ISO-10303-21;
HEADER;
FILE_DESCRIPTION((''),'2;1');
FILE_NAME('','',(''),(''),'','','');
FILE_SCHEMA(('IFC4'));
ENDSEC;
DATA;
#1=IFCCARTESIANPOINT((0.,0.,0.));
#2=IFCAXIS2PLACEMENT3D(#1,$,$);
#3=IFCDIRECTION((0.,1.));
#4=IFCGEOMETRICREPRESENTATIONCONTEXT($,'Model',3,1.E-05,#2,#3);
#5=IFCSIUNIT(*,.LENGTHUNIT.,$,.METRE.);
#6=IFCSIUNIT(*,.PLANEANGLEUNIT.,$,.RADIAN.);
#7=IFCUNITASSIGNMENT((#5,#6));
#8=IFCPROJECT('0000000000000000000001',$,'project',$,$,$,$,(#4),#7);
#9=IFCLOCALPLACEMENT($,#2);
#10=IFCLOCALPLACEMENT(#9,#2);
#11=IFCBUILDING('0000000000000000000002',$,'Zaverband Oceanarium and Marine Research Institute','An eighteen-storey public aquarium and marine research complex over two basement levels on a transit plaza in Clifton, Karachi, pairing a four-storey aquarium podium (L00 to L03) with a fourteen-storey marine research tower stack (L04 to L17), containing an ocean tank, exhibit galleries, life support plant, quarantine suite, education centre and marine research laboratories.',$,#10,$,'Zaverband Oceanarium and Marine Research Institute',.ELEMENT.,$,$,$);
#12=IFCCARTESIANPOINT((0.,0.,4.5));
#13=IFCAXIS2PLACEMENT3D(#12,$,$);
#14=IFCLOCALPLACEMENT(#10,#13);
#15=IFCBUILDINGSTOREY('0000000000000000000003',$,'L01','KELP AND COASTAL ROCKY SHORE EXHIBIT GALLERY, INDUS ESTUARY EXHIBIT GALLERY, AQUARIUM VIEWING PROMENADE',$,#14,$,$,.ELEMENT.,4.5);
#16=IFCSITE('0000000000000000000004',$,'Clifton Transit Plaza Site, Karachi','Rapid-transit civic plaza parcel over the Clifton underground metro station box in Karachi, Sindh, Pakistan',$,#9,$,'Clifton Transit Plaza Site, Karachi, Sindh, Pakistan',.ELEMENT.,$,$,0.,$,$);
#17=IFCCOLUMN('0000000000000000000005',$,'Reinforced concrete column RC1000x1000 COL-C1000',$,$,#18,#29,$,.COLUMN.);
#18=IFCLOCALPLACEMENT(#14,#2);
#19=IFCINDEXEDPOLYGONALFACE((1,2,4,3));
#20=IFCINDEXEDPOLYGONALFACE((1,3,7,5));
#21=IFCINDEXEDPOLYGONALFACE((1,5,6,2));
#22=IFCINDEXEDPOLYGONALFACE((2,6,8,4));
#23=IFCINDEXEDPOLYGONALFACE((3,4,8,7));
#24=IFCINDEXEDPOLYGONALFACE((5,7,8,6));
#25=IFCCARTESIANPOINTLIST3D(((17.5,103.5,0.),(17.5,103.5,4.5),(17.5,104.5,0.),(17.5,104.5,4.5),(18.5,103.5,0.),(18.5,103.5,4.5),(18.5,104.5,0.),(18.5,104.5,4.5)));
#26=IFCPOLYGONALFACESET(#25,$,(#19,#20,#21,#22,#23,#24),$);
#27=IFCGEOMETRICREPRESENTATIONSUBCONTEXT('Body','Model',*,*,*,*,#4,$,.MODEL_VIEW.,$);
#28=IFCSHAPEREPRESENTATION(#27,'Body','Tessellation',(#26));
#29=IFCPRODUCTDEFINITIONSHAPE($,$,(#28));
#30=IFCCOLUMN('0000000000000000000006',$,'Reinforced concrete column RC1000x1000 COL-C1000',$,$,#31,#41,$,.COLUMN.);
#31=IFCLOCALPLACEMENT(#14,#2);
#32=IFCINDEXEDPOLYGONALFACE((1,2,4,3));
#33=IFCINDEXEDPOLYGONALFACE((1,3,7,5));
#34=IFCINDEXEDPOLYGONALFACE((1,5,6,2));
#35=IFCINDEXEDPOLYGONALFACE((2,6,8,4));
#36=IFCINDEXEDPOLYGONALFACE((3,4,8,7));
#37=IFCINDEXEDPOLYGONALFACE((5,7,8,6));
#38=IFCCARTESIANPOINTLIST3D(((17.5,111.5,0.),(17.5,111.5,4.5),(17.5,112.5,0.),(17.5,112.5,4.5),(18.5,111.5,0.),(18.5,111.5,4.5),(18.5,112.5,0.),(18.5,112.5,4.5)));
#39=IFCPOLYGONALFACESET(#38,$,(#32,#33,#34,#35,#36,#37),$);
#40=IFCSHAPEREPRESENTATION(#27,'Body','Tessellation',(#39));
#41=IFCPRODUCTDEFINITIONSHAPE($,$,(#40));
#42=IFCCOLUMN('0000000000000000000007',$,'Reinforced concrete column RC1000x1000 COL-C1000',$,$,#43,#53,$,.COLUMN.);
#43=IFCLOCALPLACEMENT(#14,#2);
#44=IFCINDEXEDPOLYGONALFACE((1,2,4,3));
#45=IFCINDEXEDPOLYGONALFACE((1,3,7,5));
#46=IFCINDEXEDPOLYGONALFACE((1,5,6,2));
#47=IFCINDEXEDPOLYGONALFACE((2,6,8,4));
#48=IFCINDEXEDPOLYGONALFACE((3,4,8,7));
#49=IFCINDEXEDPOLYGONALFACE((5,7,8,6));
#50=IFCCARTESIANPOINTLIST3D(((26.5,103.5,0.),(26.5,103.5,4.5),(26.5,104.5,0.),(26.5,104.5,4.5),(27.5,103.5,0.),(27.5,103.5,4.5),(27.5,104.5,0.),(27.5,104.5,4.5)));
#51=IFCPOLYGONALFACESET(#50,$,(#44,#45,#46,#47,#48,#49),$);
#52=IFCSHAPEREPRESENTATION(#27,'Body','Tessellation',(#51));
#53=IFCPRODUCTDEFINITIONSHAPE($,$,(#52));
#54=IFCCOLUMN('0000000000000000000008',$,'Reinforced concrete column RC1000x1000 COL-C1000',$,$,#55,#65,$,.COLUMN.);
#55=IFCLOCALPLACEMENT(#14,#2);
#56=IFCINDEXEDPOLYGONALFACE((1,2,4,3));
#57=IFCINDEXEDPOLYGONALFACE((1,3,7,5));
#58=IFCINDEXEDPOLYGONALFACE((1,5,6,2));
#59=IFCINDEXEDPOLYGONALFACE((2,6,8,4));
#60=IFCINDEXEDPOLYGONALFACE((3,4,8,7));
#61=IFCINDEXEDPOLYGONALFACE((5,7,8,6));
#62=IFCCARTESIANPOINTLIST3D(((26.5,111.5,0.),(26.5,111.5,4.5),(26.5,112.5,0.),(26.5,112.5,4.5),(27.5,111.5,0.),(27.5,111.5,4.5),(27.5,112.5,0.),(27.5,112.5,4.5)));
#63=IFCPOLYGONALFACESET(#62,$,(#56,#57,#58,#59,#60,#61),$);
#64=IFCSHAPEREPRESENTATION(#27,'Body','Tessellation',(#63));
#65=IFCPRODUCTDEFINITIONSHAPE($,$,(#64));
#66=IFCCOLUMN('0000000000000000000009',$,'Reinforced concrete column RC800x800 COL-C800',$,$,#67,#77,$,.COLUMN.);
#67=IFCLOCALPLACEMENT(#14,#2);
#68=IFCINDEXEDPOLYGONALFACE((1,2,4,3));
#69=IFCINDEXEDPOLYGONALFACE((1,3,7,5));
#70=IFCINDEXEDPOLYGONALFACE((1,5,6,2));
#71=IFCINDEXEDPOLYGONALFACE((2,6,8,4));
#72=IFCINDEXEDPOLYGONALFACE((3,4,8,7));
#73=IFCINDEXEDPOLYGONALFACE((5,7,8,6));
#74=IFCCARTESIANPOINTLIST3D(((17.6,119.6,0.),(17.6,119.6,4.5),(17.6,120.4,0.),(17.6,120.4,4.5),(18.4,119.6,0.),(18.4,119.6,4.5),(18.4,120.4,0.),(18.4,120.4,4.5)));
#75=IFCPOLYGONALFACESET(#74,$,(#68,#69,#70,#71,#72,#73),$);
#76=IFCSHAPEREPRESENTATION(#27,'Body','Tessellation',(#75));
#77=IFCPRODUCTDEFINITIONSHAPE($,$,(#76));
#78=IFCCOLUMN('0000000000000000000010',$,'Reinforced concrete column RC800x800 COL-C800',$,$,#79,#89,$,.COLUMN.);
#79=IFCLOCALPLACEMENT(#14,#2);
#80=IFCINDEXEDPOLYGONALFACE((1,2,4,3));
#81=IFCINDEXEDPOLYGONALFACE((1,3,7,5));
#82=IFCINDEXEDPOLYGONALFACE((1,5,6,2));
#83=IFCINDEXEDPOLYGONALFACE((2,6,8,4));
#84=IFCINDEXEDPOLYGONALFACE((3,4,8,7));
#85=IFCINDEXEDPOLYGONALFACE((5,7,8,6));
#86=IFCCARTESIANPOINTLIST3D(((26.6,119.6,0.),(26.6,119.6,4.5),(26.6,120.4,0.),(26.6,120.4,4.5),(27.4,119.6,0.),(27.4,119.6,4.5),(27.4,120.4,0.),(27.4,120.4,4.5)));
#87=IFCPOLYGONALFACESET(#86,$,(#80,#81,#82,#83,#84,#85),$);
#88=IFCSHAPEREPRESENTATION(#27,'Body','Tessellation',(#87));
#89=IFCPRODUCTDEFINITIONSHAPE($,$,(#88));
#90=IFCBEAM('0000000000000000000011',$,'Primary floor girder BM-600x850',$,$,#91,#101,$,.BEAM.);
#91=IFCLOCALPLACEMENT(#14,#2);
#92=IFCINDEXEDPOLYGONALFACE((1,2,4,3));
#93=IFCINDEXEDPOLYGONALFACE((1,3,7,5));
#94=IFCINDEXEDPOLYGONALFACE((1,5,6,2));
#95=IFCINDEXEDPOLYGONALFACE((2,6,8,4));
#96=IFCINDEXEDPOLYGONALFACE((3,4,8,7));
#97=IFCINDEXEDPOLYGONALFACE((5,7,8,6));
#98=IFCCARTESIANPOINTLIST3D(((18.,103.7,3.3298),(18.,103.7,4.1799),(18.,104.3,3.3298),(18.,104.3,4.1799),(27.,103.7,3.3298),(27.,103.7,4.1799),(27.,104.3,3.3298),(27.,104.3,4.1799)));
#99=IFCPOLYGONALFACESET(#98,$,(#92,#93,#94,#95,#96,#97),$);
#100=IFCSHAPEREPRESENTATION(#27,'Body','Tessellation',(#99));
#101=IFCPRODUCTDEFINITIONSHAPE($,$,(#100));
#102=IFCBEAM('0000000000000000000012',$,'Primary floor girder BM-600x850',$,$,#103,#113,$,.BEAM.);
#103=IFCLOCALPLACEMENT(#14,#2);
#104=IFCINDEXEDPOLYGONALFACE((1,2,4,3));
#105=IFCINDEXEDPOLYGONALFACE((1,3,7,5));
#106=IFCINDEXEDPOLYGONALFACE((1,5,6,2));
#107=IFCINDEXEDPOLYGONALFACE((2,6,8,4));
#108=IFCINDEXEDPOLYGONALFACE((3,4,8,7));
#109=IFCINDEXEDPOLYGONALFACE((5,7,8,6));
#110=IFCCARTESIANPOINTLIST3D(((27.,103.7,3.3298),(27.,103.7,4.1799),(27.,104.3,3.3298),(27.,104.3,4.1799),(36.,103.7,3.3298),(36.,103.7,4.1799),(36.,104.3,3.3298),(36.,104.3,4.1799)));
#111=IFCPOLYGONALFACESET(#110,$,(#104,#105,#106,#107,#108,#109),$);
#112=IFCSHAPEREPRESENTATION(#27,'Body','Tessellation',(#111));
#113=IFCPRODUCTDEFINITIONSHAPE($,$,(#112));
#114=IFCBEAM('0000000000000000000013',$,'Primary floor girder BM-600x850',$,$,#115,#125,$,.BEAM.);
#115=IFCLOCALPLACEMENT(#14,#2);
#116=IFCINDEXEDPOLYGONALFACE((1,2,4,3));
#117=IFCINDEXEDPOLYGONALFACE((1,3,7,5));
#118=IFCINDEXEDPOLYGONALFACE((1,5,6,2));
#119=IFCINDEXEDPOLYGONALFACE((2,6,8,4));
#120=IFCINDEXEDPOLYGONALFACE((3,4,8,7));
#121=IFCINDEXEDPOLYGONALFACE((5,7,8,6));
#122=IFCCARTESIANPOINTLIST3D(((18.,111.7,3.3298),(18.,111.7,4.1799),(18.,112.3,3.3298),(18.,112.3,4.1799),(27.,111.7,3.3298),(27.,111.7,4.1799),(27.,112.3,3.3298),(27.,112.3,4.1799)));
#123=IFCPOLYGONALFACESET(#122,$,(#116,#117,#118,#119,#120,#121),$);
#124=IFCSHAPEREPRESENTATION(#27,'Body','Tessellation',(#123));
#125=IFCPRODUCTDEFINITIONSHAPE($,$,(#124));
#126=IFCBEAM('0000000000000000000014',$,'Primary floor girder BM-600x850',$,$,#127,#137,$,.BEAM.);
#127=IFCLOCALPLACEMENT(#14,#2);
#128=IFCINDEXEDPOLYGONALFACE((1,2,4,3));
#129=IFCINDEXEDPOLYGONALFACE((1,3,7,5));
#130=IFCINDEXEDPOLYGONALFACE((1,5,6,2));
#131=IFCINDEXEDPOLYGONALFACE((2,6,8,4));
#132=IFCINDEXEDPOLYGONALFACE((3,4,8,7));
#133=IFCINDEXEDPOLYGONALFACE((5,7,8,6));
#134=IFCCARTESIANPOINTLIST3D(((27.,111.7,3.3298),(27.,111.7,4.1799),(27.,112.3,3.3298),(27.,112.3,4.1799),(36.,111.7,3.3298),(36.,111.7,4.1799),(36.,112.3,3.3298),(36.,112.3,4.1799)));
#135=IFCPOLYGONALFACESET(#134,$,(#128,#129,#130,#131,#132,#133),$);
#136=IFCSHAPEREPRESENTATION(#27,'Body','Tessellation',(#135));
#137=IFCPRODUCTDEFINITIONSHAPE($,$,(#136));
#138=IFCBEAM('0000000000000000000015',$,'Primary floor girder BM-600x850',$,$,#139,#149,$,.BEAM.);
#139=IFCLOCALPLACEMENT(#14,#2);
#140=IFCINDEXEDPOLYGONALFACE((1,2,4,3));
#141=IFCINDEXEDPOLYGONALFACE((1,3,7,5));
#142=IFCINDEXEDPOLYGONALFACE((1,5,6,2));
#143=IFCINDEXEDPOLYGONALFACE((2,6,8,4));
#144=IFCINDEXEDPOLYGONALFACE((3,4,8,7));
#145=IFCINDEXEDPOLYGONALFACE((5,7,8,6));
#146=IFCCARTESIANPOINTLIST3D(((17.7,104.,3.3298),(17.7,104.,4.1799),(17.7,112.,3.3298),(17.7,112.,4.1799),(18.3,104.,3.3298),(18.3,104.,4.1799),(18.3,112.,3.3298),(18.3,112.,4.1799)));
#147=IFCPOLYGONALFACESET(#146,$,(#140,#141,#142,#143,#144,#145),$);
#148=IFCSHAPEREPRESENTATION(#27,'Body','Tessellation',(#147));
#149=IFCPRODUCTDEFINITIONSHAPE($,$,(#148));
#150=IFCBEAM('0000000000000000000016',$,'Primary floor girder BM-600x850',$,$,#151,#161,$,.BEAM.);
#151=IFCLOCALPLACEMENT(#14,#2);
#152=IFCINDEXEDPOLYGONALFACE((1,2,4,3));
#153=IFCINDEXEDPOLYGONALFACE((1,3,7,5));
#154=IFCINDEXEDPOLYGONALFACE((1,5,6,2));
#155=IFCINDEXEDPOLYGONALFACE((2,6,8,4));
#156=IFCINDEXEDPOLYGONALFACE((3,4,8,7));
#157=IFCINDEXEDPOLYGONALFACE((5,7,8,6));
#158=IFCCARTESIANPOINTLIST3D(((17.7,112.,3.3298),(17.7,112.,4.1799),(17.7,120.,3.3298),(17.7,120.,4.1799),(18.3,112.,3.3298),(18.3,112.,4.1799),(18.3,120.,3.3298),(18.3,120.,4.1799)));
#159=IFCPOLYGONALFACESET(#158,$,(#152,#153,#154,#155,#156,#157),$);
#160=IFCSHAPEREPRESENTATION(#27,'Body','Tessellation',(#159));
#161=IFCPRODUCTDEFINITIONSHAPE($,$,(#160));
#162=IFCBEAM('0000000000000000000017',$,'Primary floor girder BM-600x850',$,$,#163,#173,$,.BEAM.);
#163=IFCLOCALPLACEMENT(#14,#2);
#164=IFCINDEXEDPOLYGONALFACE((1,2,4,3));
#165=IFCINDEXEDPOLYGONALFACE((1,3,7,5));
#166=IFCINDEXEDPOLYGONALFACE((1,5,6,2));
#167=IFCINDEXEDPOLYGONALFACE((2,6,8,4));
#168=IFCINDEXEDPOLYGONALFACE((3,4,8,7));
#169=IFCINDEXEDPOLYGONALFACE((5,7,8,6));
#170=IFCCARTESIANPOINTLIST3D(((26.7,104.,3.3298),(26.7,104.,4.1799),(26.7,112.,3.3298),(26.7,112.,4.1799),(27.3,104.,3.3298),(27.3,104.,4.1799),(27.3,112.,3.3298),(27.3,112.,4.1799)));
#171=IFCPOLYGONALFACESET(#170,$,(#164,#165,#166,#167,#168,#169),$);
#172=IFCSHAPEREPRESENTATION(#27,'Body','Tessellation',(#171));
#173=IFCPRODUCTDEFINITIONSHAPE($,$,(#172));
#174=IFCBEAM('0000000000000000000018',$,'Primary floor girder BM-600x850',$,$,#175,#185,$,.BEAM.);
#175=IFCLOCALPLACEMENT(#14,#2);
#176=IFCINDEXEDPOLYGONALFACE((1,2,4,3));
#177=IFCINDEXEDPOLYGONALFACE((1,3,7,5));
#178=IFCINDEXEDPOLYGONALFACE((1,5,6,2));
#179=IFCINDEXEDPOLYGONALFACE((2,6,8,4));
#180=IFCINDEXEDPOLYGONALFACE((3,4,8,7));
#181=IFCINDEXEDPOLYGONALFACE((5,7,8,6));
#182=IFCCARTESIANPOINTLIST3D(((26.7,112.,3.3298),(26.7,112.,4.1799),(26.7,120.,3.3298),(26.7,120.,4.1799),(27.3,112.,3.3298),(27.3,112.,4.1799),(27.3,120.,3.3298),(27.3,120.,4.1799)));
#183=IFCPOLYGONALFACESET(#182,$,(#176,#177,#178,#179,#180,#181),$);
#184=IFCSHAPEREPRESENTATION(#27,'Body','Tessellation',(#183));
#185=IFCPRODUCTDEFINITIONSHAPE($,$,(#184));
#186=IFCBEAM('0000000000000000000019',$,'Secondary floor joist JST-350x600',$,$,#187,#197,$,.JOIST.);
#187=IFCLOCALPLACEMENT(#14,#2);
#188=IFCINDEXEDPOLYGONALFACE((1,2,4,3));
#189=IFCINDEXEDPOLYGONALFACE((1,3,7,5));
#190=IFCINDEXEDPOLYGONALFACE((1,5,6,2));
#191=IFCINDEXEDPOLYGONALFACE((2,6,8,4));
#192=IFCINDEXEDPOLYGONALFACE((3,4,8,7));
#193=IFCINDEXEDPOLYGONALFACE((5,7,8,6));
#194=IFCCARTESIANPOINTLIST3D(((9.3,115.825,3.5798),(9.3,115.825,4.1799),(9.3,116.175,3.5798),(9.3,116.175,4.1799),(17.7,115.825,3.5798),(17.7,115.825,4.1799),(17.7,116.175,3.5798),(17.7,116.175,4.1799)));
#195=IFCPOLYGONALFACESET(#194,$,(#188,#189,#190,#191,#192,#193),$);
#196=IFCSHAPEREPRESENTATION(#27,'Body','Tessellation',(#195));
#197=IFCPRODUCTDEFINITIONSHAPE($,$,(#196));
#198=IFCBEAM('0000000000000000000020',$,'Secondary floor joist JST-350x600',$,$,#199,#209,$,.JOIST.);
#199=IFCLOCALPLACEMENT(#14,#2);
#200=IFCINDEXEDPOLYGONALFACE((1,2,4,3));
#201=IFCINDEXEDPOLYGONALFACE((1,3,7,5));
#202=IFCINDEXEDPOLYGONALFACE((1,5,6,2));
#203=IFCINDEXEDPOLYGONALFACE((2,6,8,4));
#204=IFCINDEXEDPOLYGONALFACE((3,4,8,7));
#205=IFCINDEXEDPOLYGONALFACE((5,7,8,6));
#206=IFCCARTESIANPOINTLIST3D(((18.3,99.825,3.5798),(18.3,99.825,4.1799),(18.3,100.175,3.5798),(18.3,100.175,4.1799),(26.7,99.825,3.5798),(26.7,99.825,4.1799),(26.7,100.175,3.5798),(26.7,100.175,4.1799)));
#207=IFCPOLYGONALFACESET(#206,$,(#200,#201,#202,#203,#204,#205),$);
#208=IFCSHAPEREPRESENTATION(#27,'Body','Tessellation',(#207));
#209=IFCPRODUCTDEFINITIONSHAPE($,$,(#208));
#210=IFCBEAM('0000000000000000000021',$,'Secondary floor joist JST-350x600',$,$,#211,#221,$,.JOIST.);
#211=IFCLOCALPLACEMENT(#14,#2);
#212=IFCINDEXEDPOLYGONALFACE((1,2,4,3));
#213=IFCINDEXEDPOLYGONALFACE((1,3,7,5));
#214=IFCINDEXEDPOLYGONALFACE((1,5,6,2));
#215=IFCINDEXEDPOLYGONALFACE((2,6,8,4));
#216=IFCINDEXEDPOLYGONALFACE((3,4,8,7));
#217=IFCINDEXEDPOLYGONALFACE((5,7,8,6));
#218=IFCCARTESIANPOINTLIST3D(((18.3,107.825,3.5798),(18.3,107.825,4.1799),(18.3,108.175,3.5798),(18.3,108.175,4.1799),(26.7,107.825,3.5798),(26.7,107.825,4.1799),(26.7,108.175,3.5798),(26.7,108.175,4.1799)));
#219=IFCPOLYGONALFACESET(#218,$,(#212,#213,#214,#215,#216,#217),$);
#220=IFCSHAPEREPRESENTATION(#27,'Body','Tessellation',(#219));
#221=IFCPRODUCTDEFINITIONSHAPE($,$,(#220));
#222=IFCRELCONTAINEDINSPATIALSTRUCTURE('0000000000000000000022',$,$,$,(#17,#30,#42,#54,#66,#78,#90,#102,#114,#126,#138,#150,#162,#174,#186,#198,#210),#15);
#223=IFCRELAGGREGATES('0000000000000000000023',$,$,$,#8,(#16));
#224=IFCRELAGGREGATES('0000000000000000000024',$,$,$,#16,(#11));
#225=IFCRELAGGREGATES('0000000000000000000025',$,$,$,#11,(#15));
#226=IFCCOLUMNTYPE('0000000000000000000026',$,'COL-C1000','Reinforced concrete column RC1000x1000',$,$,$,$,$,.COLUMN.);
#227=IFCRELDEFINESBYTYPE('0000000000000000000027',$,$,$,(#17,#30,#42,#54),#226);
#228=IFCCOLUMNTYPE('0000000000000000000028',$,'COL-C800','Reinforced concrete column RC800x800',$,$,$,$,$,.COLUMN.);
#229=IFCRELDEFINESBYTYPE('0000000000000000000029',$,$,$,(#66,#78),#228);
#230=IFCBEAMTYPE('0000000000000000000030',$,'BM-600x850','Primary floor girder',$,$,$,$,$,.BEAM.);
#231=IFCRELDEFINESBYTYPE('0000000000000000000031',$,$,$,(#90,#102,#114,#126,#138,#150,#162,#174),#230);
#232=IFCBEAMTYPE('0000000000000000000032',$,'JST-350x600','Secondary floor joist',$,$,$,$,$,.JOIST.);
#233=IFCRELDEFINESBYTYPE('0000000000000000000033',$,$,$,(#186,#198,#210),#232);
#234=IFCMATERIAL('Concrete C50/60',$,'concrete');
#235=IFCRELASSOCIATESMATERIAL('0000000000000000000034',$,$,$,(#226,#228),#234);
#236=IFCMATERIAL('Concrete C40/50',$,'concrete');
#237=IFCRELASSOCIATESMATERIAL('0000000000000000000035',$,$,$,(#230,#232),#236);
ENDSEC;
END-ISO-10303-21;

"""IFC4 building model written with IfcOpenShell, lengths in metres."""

from ifc_helpers import new_model, si_unit, direction, frame, origin, origin_2d, place, context, subcontext, project, spatial, rectangle, extrude, material, material_profile, profile_set, type_object, element, save


model = new_model("IFC4")

# Units and contexts
model_context = context("Model", 3, precision=1e-05, world=origin(), true_north=direction((0.0, 1.0)))
body_context = subcontext(model_context, "Body", "Model", "MODEL_VIEW")
ifc_project = project(units=[si_unit("LENGTHUNIT", "METRE"), si_unit("PLANEANGLEUNIT", "RADIAN")], contexts=[model_context])

# Site, building, storey
site_placement = place(None, origin())
site = spatial("IfcSite", under=ifc_project, at=site_placement, Name="Clifton Transit Plaza Site, Karachi", Description="Rapid-transit civic plaza parcel over the Clifton underground metro station box in Karachi, Sindh, Pakistan", LongName="Clifton Transit Plaza Site, Karachi, Sindh, Pakistan", CompositionType="ELEMENT", RefElevation=0.0)
building_placement = place(site_placement, origin())
building = spatial("IfcBuilding", under=site, at=building_placement, Name="Zaverband Oceanarium and Marine Research Institute", Description="An eighteen-storey public aquarium and marine research complex over two basement levels on a transit plaza in Clifton, Karachi, pairing a four-storey aquarium podium (L00 to L03) with a fourteen-storey marine research tower stack (L04 to L17), containing an ocean tank, exhibit galleries, life support plant, quarantine suite, education centre and marine research laboratories.", LongName="Zaverband Oceanarium and Marine Research Institute", CompositionType="ELEMENT")
storey_placement = place(building_placement, frame((0.0, 0.0, 4.5)))
storey = spatial("IfcBuildingStorey", under=building, at=storey_placement, Name="L01", Description="KELP AND COASTAL ROCKY SHORE EXHIBIT GALLERY, INDUS ESTUARY EXHIBIT GALLERY, AQUARIUM VIEWING PROMENADE", CompositionType="ELEMENT", Elevation=4.5)

# Columns
ifc_material_1 = material(Name="Concrete C50/60", Category="concrete")
ifc_material_profile_1 = material_profile(ifc_material_1, rectangle(XDim=1.0, YDim=1.0, at=origin_2d()), Name="RC1000x1000")
ifc_profile_set_1 = profile_set([ifc_material_profile_1], Name="Concrete C50/60")
column_type_1 = type_object("IfcColumnType", Name="COL-C1000", Description="Reinforced concrete column RC1000x1000", PredefinedType="COLUMN", material=ifc_profile_set_1)
for number, where, z_axis, x_axis, name in (
    (1, (18.0, 104.0, 0.0), (0.0, 0.0, 1.0), (1.0, 0.0, 0.0), "Reinforced concrete column RC1000x1000 COL-C1000"),
    (2, (18.0, 112.0, 0.0), (0.0, 0.0, 1.0), (1.0, 0.0, 0.0), "Reinforced concrete column RC1000x1000 COL-C1000"),
    (3, (27.0, 104.0, 0.0), (0.0, 0.0, 1.0), (1.0, 0.0, 0.0), "Reinforced concrete column RC1000x1000 COL-C1000"),
    (4, (27.0, 112.0, 0.0), (0.0, 0.0, 1.0), (1.0, 0.0, 0.0), "Reinforced concrete column RC1000x1000 COL-C1000"),
):
    element("IfcColumn", number, at=place(storey_placement, frame(where, z_axis=z_axis, x_axis=x_axis)), inside=storey, type_object=column_type_1, Name=name, PredefinedType="COLUMN", context=body_context, shape_type="SweptSolid", body=[
        extrude(rectangle(XDim=1.0, YDim=1.0, at=origin_2d()), origin(), (0.0, 0.0, 1.0), 4.5),
    ])
ifc_material_profile_2 = material_profile(ifc_material_1, rectangle(XDim=0.8, YDim=0.8, at=origin_2d()), Name="RC800x800")
ifc_profile_set_2 = profile_set([ifc_material_profile_2], Name="Concrete C50/60")
column_type_2 = type_object("IfcColumnType", Name="COL-C800", Description="Reinforced concrete column RC800x800", PredefinedType="COLUMN", material=ifc_profile_set_2)
for number, where, z_axis, x_axis, name in (
    (5, (18.0, 120.0, 0.0), (0.0, 0.0, 1.0), (1.0, 0.0, 0.0), "Reinforced concrete column RC800x800 COL-C800"),
    (6, (27.0, 120.0, 0.0), (0.0, 0.0, 1.0), (1.0, 0.0, 0.0), "Reinforced concrete column RC800x800 COL-C800"),
):
    element("IfcColumn", number, at=place(storey_placement, frame(where, z_axis=z_axis, x_axis=x_axis)), inside=storey, type_object=column_type_2, Name=name, PredefinedType="COLUMN", context=body_context, shape_type="SweptSolid", body=[
        extrude(rectangle(XDim=0.8, YDim=0.8, at=origin_2d()), origin(), (0.0, 0.0, 1.0), 4.5),
    ])

# Beams
ifc_material_2 = material(Name="Concrete C40/50", Category="concrete")
ifc_material_profile_3 = material_profile(ifc_material_2, rectangle(XDim=0.6001, YDim=0.8501, at=origin_2d()), Name="RC600x850")
ifc_profile_set_3 = profile_set([ifc_material_profile_3], Name="Concrete C40/50")
beam_type_1 = type_object("IfcBeamType", Name="BM-600x850", Description="Primary floor girder", PredefinedType="BEAM", material=ifc_profile_set_3)
for number, where, z_axis, x_axis, name in (
    (7, (18.0, 104.0, 3.7549), (1.0, 0.0, 0.0), (0.0, 1.0, 0.0), "Primary floor girder BM-600x850"),
    (8, (27.0, 104.0, 3.7549), (1.0, 0.0, 0.0), (0.0, 1.0, 0.0), "Primary floor girder BM-600x850"),
    (9, (18.0, 112.0, 3.7549), (1.0, 0.0, 0.0), (0.0, 1.0, 0.0), "Primary floor girder BM-600x850"),
    (10, (27.0, 112.0, 3.7549), (1.0, 0.0, 0.0), (0.0, 1.0, 0.0), "Primary floor girder BM-600x850"),
):
    element("IfcBeam", number, at=place(storey_placement, frame(where, z_axis=z_axis, x_axis=x_axis)), inside=storey, type_object=beam_type_1, Name=name, PredefinedType="BEAM", context=body_context, shape_type="SweptSolid", body=[
        extrude(rectangle(XDim=0.6001, YDim=0.8501, at=origin_2d()), origin(), (0.0, 0.0, 1.0), 9.0),
    ])
for number, where, z_axis, x_axis, name in (
    (11, (18.0, 104.0, 3.7549), (0.0, 1.0, 0.0), (-1.0, 0.0, 0.0), "Primary floor girder BM-600x850"),
    (12, (18.0, 112.0, 3.7549), (0.0, 1.0, 0.0), (-1.0, 0.0, 0.0), "Primary floor girder BM-600x850"),
    (13, (27.0, 104.0, 3.7549), (0.0, 1.0, 0.0), (-1.0, 0.0, 0.0), "Primary floor girder BM-600x850"),
    (14, (27.0, 112.0, 3.7549), (0.0, 1.0, 0.0), (-1.0, 0.0, 0.0), "Primary floor girder BM-600x850"),
):
    element("IfcBeam", number, at=place(storey_placement, frame(where, z_axis=z_axis, x_axis=x_axis)), inside=storey, type_object=beam_type_1, Name=name, PredefinedType="BEAM", context=body_context, shape_type="SweptSolid", body=[
        extrude(rectangle(XDim=0.6001, YDim=0.8501, at=origin_2d()), origin(), (0.0, 0.0, 1.0), 8.0),
    ])
ifc_material_profile_4 = material_profile(ifc_material_2, rectangle(XDim=0.3501, YDim=0.6001, at=origin_2d()), Name="RC350x600")
ifc_profile_set_4 = profile_set([ifc_material_profile_4], Name="Concrete C40/50")
beam_type_2 = type_object("IfcBeamType", Name="JST-350x600", Description="Secondary floor joist", PredefinedType="JOIST", material=ifc_profile_set_4)
for number, where, z_axis, x_axis, name in (
    (15, (9.3, 116.0, 3.8799), (1.0, 0.0, 0.0), (0.0, 1.0, 0.0), "Secondary floor joist JST-350x600"),
    (16, (18.3, 100.0, 3.8799), (1.0, 0.0, 0.0), (0.0, 1.0, 0.0), "Secondary floor joist JST-350x600"),
    (17, (18.3, 108.0, 3.8799), (1.0, 0.0, 0.0), (0.0, 1.0, 0.0), "Secondary floor joist JST-350x600"),
):
    element("IfcBeam", number, at=place(storey_placement, frame(where, z_axis=z_axis, x_axis=x_axis)), inside=storey, type_object=beam_type_2, Name=name, PredefinedType="JOIST", context=body_context, shape_type="SweptSolid", body=[
        extrude(rectangle(XDim=0.3501, YDim=0.6001, at=origin_2d()), origin(), (0.0, 0.0, 1.0), 8.3999),
    ])

save(model, "model.ifc")
